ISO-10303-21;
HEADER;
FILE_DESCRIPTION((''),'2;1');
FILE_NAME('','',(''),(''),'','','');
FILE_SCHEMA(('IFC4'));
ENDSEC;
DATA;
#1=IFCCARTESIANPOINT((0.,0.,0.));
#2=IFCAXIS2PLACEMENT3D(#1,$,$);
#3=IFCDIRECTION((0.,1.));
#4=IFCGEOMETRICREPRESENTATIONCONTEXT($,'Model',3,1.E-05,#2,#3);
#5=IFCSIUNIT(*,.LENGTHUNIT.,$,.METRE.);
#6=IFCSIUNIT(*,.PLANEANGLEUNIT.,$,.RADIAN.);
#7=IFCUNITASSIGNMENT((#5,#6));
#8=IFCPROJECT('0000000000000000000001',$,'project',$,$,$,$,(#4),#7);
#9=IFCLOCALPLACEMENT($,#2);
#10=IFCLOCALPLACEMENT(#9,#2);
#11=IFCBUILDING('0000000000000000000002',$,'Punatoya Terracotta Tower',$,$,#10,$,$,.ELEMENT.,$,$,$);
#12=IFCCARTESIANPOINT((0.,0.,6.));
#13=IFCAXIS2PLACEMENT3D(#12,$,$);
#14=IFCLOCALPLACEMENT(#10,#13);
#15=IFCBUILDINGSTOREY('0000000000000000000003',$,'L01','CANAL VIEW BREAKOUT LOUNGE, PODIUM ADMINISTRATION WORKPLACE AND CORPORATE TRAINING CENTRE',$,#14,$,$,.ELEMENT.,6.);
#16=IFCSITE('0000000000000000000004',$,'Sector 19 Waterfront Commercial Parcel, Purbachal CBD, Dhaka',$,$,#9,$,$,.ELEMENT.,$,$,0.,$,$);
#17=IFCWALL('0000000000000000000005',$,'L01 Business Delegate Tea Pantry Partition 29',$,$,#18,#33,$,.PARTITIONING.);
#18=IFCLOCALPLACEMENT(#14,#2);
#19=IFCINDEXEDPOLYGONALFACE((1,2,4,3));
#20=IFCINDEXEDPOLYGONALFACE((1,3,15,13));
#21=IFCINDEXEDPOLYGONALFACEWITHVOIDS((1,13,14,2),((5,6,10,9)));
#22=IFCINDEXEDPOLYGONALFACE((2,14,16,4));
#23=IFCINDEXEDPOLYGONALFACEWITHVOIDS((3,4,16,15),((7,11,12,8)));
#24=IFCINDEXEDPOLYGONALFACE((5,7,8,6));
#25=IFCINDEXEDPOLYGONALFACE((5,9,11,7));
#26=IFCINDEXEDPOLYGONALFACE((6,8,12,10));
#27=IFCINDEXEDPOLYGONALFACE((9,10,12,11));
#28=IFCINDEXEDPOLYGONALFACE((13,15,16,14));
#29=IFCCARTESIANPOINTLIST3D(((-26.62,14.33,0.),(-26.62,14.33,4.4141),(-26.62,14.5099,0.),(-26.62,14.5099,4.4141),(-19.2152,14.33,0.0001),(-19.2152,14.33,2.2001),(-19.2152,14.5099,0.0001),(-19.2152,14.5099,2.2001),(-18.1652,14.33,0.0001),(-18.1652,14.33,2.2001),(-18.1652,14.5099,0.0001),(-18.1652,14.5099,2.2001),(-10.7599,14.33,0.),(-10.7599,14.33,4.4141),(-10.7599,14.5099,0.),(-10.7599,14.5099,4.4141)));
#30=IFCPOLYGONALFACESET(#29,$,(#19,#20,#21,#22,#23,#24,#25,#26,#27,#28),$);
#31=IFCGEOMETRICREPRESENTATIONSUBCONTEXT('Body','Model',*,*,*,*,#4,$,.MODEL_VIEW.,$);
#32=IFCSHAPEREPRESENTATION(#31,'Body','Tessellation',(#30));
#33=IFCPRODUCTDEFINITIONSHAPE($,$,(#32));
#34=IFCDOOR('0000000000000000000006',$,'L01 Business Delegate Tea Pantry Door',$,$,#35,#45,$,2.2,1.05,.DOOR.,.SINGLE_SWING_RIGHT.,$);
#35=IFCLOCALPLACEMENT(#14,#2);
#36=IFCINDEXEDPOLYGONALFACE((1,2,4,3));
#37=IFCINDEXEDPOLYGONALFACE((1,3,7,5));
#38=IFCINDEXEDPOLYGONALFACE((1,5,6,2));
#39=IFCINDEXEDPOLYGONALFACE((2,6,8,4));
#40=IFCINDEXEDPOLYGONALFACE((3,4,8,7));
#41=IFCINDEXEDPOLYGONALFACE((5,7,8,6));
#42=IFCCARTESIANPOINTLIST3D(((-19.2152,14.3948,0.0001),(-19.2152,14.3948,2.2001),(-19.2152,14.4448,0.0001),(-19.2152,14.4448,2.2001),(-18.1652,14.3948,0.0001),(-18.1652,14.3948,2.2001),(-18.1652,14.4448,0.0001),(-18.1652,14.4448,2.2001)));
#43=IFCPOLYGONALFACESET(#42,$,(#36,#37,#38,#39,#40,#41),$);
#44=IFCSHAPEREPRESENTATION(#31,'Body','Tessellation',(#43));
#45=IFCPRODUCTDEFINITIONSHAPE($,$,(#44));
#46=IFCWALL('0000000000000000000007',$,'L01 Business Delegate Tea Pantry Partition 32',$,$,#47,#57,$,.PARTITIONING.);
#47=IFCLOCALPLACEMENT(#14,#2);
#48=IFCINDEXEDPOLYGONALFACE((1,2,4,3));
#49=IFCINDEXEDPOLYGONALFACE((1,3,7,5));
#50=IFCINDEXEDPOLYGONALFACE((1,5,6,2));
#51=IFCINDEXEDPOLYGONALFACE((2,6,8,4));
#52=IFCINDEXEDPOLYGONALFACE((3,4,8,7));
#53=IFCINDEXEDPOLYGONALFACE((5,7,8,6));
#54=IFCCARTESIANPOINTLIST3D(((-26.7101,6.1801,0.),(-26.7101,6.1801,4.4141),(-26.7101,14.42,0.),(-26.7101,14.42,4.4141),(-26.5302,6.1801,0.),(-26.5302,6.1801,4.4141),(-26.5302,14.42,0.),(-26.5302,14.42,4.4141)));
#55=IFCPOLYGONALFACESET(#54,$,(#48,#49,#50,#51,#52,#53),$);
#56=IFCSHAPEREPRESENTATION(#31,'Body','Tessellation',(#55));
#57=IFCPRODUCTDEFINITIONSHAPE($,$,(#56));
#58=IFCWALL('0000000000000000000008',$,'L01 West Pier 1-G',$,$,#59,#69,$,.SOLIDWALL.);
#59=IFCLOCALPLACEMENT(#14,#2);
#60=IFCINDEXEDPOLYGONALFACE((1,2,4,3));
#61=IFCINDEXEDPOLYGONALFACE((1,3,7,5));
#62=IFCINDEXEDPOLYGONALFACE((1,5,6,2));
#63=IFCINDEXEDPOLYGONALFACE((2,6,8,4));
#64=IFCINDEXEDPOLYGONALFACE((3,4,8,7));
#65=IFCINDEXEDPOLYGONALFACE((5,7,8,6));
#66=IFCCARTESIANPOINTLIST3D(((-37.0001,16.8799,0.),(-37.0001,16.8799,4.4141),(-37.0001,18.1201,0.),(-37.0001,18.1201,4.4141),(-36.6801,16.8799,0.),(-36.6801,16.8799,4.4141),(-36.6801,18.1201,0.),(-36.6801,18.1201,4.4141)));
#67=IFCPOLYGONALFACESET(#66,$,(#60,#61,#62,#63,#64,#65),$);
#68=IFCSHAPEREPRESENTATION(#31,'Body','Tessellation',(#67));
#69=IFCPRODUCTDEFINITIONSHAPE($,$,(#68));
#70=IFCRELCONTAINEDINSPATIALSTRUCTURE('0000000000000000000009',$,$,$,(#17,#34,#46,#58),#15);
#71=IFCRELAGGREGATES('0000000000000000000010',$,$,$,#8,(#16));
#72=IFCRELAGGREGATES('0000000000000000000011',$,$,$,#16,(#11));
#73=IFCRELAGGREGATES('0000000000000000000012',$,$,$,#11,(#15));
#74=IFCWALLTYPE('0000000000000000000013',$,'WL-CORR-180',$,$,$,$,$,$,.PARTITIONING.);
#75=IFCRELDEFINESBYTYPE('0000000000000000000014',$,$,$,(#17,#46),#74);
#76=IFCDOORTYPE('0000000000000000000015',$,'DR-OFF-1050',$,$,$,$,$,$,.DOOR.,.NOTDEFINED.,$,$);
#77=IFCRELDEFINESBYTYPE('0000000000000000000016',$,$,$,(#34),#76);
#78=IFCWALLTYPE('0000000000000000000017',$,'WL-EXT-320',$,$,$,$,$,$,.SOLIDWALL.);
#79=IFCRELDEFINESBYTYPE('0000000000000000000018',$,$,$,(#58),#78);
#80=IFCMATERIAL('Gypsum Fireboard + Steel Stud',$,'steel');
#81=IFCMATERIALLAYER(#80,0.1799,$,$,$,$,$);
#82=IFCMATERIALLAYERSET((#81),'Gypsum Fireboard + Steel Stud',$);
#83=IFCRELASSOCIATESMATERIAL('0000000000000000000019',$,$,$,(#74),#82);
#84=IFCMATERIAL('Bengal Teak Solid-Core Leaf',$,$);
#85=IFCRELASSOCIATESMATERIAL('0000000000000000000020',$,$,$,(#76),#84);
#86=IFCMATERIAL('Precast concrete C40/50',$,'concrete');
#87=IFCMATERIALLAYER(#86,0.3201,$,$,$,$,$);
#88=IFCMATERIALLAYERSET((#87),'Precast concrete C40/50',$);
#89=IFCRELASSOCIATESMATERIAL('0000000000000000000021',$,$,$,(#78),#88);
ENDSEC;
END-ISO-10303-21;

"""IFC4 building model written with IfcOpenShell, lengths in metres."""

from ifc_helpers import new_model, si_unit, direction, frame, frame_2d, origin, place, context, subcontext, project, spatial, rectangle, extrude, material, layer, layer_set, type_object, element, fill, save


model = new_model("IFC4")

# Units and contexts
model_context = context("Model", 3, precision=1e-05, world=origin(), true_north=direction((0.0, 1.0)))
body_context = subcontext(model_context, "Body", "Model", "MODEL_VIEW")
ifc_project = project(units=[si_unit("LENGTHUNIT", "METRE"), si_unit("PLANEANGLEUNIT", "RADIAN")], contexts=[model_context])

# Site, building, storey
site_placement = place(None, origin())
site = spatial("IfcSite", under=ifc_project, at=site_placement, Name="Sector 19 Waterfront Commercial Parcel, Purbachal CBD, Dhaka", CompositionType="ELEMENT", RefElevation=0.0)
building_placement = place(site_placement, origin())
building = spatial("IfcBuilding", under=site, at=building_placement, Name="Punatoya Terracotta Tower", CompositionType="ELEMENT")
storey_placement = place(building_placement, frame((0.0, 0.0, 6.0)))
storey = spatial("IfcBuildingStorey", under=building, at=storey_placement, Name="L01", Description="CANAL VIEW BREAKOUT LOUNGE, PODIUM ADMINISTRATION WORKPLACE AND CORPORATE TRAINING CENTRE", CompositionType="ELEMENT", Elevation=6.0)

# Wall, opening, door
ifc_material_1 = material(Name="Gypsum Fireboard + Steel Stud", Category="steel")
ifc_layer_1 = layer(ifc_material_1, 0.1799)
ifc_layer_set_1 = layer_set([ifc_layer_1], Name="Gypsum Fireboard + Steel Stud")
wall_type_1 = type_object("IfcWallType", Name="WL-CORR-180", PredefinedType="PARTITIONING", material=ifc_layer_set_1)
ifc_material_2 = material(Name="Bengal Teak Solid-Core Leaf")
door_type = type_object("IfcDoorType", Name="DR-OFF-1050", OperationType="NOTDEFINED", PredefinedType="DOOR", material=ifc_material_2)
wall_1_placement = place(storey_placement, frame((-26.6201, 14.4199, 0.0), z_axis=(0.0, 0.0, 1.0), x_axis=(1.0, 0.0, 0.0)))
wall_1 = element("IfcWall", 1, at=wall_1_placement, inside=storey, type_object=wall_type_1, Name="L01 Business Delegate Tea Pantry Partition 29", PredefinedType="PARTITIONING", context=body_context, shape_type="SweptSolid", body=[
    extrude(rectangle(XDim=15.8601, YDim=0.1799, at=frame_2d((7.9302, 0.0))), origin(), (0.0, 0.0, 1.0), 4.4141),
])
opening_1_placement = place(wall_1_placement, frame((7.405, 0.0, 0.0)))
opening_1 = element("IfcOpeningElement", 2, at=opening_1_placement, cuts=wall_1, PredefinedType="OPENING", context=body_context, shape_type="SweptSolid", body=[
    extrude(rectangle(XDim=1.05, YDim=2.2, at=frame_2d((0.5249, 1.1001))), frame((0.0, 0.0999, 0.0), z_axis=(0.0, -1.0, 0.0), x_axis=(1.0, 0.0, 0.0)), (0.0, 0.0, 1.0), 0.2),
])
door_1_placement = place(opening_1_placement, origin())
door_1 = element("IfcDoor", 3, at=door_1_placement, inside=storey, type_object=door_type, Name="L01 Business Delegate Tea Pantry Door", OperationType="SINGLE_SWING_RIGHT", OverallHeight=2.2, OverallWidth=1.05, PredefinedType="DOOR", context=body_context, shape_type="SweptSolid", body=[
    extrude(rectangle(XDim=1.05, YDim=2.2, at=frame_2d((0.5249, 1.1001))), frame((0.0, 0.0249, 0.0), z_axis=(0.0, -1.0, 0.0), x_axis=(1.0, 0.0, 0.0)), (0.0, 0.0, 1.0), 0.05),
])
fill(opening_1, door_1)

# Walls
wall_2_placement = place(storey_placement, frame((-26.6201, 6.1799, 0.0), z_axis=(0.0, 0.0, 1.0), x_axis=(0.0, 1.0, 0.0)))
element("IfcWall", 4, at=wall_2_placement, inside=storey, type_object=wall_type_1, Name="L01 Business Delegate Tea Pantry Partition 32", PredefinedType="PARTITIONING", context=body_context, shape_type="SweptSolid", body=[
    extrude(rectangle(XDim=8.24, YDim=0.1799, at=frame_2d((4.1201, 0.0))), origin(), (0.0, 0.0, 1.0), 4.4141),
])
ifc_material_3 = material(Name="Precast concrete C40/50", Category="concrete")
ifc_layer_2 = layer(ifc_material_3, 0.3201)
ifc_layer_set_2 = layer_set([ifc_layer_2], Name="Precast concrete C40/50")
wall_type_2 = type_object("IfcWallType", Name="WL-EXT-320", PredefinedType="SOLIDWALL", material=ifc_layer_set_2)
wall_3_placement = place(storey_placement, frame((-36.8401, 16.8799, 0.0), z_axis=(0.0, 0.0, 1.0), x_axis=(0.0, 1.0, 0.0)))
element("IfcWall", 5, at=wall_3_placement, inside=storey, type_object=wall_type_2, Name="L01 West Pier 1-G", PredefinedType="SOLIDWALL", context=body_context, shape_type="SweptSolid", body=[
    extrude(rectangle(XDim=1.2402, YDim=0.3201, at=frame_2d((0.6201, 0.0))), origin(), (0.0, 0.0, 1.0), 4.4141),
])

save(model, "model.ifc")
